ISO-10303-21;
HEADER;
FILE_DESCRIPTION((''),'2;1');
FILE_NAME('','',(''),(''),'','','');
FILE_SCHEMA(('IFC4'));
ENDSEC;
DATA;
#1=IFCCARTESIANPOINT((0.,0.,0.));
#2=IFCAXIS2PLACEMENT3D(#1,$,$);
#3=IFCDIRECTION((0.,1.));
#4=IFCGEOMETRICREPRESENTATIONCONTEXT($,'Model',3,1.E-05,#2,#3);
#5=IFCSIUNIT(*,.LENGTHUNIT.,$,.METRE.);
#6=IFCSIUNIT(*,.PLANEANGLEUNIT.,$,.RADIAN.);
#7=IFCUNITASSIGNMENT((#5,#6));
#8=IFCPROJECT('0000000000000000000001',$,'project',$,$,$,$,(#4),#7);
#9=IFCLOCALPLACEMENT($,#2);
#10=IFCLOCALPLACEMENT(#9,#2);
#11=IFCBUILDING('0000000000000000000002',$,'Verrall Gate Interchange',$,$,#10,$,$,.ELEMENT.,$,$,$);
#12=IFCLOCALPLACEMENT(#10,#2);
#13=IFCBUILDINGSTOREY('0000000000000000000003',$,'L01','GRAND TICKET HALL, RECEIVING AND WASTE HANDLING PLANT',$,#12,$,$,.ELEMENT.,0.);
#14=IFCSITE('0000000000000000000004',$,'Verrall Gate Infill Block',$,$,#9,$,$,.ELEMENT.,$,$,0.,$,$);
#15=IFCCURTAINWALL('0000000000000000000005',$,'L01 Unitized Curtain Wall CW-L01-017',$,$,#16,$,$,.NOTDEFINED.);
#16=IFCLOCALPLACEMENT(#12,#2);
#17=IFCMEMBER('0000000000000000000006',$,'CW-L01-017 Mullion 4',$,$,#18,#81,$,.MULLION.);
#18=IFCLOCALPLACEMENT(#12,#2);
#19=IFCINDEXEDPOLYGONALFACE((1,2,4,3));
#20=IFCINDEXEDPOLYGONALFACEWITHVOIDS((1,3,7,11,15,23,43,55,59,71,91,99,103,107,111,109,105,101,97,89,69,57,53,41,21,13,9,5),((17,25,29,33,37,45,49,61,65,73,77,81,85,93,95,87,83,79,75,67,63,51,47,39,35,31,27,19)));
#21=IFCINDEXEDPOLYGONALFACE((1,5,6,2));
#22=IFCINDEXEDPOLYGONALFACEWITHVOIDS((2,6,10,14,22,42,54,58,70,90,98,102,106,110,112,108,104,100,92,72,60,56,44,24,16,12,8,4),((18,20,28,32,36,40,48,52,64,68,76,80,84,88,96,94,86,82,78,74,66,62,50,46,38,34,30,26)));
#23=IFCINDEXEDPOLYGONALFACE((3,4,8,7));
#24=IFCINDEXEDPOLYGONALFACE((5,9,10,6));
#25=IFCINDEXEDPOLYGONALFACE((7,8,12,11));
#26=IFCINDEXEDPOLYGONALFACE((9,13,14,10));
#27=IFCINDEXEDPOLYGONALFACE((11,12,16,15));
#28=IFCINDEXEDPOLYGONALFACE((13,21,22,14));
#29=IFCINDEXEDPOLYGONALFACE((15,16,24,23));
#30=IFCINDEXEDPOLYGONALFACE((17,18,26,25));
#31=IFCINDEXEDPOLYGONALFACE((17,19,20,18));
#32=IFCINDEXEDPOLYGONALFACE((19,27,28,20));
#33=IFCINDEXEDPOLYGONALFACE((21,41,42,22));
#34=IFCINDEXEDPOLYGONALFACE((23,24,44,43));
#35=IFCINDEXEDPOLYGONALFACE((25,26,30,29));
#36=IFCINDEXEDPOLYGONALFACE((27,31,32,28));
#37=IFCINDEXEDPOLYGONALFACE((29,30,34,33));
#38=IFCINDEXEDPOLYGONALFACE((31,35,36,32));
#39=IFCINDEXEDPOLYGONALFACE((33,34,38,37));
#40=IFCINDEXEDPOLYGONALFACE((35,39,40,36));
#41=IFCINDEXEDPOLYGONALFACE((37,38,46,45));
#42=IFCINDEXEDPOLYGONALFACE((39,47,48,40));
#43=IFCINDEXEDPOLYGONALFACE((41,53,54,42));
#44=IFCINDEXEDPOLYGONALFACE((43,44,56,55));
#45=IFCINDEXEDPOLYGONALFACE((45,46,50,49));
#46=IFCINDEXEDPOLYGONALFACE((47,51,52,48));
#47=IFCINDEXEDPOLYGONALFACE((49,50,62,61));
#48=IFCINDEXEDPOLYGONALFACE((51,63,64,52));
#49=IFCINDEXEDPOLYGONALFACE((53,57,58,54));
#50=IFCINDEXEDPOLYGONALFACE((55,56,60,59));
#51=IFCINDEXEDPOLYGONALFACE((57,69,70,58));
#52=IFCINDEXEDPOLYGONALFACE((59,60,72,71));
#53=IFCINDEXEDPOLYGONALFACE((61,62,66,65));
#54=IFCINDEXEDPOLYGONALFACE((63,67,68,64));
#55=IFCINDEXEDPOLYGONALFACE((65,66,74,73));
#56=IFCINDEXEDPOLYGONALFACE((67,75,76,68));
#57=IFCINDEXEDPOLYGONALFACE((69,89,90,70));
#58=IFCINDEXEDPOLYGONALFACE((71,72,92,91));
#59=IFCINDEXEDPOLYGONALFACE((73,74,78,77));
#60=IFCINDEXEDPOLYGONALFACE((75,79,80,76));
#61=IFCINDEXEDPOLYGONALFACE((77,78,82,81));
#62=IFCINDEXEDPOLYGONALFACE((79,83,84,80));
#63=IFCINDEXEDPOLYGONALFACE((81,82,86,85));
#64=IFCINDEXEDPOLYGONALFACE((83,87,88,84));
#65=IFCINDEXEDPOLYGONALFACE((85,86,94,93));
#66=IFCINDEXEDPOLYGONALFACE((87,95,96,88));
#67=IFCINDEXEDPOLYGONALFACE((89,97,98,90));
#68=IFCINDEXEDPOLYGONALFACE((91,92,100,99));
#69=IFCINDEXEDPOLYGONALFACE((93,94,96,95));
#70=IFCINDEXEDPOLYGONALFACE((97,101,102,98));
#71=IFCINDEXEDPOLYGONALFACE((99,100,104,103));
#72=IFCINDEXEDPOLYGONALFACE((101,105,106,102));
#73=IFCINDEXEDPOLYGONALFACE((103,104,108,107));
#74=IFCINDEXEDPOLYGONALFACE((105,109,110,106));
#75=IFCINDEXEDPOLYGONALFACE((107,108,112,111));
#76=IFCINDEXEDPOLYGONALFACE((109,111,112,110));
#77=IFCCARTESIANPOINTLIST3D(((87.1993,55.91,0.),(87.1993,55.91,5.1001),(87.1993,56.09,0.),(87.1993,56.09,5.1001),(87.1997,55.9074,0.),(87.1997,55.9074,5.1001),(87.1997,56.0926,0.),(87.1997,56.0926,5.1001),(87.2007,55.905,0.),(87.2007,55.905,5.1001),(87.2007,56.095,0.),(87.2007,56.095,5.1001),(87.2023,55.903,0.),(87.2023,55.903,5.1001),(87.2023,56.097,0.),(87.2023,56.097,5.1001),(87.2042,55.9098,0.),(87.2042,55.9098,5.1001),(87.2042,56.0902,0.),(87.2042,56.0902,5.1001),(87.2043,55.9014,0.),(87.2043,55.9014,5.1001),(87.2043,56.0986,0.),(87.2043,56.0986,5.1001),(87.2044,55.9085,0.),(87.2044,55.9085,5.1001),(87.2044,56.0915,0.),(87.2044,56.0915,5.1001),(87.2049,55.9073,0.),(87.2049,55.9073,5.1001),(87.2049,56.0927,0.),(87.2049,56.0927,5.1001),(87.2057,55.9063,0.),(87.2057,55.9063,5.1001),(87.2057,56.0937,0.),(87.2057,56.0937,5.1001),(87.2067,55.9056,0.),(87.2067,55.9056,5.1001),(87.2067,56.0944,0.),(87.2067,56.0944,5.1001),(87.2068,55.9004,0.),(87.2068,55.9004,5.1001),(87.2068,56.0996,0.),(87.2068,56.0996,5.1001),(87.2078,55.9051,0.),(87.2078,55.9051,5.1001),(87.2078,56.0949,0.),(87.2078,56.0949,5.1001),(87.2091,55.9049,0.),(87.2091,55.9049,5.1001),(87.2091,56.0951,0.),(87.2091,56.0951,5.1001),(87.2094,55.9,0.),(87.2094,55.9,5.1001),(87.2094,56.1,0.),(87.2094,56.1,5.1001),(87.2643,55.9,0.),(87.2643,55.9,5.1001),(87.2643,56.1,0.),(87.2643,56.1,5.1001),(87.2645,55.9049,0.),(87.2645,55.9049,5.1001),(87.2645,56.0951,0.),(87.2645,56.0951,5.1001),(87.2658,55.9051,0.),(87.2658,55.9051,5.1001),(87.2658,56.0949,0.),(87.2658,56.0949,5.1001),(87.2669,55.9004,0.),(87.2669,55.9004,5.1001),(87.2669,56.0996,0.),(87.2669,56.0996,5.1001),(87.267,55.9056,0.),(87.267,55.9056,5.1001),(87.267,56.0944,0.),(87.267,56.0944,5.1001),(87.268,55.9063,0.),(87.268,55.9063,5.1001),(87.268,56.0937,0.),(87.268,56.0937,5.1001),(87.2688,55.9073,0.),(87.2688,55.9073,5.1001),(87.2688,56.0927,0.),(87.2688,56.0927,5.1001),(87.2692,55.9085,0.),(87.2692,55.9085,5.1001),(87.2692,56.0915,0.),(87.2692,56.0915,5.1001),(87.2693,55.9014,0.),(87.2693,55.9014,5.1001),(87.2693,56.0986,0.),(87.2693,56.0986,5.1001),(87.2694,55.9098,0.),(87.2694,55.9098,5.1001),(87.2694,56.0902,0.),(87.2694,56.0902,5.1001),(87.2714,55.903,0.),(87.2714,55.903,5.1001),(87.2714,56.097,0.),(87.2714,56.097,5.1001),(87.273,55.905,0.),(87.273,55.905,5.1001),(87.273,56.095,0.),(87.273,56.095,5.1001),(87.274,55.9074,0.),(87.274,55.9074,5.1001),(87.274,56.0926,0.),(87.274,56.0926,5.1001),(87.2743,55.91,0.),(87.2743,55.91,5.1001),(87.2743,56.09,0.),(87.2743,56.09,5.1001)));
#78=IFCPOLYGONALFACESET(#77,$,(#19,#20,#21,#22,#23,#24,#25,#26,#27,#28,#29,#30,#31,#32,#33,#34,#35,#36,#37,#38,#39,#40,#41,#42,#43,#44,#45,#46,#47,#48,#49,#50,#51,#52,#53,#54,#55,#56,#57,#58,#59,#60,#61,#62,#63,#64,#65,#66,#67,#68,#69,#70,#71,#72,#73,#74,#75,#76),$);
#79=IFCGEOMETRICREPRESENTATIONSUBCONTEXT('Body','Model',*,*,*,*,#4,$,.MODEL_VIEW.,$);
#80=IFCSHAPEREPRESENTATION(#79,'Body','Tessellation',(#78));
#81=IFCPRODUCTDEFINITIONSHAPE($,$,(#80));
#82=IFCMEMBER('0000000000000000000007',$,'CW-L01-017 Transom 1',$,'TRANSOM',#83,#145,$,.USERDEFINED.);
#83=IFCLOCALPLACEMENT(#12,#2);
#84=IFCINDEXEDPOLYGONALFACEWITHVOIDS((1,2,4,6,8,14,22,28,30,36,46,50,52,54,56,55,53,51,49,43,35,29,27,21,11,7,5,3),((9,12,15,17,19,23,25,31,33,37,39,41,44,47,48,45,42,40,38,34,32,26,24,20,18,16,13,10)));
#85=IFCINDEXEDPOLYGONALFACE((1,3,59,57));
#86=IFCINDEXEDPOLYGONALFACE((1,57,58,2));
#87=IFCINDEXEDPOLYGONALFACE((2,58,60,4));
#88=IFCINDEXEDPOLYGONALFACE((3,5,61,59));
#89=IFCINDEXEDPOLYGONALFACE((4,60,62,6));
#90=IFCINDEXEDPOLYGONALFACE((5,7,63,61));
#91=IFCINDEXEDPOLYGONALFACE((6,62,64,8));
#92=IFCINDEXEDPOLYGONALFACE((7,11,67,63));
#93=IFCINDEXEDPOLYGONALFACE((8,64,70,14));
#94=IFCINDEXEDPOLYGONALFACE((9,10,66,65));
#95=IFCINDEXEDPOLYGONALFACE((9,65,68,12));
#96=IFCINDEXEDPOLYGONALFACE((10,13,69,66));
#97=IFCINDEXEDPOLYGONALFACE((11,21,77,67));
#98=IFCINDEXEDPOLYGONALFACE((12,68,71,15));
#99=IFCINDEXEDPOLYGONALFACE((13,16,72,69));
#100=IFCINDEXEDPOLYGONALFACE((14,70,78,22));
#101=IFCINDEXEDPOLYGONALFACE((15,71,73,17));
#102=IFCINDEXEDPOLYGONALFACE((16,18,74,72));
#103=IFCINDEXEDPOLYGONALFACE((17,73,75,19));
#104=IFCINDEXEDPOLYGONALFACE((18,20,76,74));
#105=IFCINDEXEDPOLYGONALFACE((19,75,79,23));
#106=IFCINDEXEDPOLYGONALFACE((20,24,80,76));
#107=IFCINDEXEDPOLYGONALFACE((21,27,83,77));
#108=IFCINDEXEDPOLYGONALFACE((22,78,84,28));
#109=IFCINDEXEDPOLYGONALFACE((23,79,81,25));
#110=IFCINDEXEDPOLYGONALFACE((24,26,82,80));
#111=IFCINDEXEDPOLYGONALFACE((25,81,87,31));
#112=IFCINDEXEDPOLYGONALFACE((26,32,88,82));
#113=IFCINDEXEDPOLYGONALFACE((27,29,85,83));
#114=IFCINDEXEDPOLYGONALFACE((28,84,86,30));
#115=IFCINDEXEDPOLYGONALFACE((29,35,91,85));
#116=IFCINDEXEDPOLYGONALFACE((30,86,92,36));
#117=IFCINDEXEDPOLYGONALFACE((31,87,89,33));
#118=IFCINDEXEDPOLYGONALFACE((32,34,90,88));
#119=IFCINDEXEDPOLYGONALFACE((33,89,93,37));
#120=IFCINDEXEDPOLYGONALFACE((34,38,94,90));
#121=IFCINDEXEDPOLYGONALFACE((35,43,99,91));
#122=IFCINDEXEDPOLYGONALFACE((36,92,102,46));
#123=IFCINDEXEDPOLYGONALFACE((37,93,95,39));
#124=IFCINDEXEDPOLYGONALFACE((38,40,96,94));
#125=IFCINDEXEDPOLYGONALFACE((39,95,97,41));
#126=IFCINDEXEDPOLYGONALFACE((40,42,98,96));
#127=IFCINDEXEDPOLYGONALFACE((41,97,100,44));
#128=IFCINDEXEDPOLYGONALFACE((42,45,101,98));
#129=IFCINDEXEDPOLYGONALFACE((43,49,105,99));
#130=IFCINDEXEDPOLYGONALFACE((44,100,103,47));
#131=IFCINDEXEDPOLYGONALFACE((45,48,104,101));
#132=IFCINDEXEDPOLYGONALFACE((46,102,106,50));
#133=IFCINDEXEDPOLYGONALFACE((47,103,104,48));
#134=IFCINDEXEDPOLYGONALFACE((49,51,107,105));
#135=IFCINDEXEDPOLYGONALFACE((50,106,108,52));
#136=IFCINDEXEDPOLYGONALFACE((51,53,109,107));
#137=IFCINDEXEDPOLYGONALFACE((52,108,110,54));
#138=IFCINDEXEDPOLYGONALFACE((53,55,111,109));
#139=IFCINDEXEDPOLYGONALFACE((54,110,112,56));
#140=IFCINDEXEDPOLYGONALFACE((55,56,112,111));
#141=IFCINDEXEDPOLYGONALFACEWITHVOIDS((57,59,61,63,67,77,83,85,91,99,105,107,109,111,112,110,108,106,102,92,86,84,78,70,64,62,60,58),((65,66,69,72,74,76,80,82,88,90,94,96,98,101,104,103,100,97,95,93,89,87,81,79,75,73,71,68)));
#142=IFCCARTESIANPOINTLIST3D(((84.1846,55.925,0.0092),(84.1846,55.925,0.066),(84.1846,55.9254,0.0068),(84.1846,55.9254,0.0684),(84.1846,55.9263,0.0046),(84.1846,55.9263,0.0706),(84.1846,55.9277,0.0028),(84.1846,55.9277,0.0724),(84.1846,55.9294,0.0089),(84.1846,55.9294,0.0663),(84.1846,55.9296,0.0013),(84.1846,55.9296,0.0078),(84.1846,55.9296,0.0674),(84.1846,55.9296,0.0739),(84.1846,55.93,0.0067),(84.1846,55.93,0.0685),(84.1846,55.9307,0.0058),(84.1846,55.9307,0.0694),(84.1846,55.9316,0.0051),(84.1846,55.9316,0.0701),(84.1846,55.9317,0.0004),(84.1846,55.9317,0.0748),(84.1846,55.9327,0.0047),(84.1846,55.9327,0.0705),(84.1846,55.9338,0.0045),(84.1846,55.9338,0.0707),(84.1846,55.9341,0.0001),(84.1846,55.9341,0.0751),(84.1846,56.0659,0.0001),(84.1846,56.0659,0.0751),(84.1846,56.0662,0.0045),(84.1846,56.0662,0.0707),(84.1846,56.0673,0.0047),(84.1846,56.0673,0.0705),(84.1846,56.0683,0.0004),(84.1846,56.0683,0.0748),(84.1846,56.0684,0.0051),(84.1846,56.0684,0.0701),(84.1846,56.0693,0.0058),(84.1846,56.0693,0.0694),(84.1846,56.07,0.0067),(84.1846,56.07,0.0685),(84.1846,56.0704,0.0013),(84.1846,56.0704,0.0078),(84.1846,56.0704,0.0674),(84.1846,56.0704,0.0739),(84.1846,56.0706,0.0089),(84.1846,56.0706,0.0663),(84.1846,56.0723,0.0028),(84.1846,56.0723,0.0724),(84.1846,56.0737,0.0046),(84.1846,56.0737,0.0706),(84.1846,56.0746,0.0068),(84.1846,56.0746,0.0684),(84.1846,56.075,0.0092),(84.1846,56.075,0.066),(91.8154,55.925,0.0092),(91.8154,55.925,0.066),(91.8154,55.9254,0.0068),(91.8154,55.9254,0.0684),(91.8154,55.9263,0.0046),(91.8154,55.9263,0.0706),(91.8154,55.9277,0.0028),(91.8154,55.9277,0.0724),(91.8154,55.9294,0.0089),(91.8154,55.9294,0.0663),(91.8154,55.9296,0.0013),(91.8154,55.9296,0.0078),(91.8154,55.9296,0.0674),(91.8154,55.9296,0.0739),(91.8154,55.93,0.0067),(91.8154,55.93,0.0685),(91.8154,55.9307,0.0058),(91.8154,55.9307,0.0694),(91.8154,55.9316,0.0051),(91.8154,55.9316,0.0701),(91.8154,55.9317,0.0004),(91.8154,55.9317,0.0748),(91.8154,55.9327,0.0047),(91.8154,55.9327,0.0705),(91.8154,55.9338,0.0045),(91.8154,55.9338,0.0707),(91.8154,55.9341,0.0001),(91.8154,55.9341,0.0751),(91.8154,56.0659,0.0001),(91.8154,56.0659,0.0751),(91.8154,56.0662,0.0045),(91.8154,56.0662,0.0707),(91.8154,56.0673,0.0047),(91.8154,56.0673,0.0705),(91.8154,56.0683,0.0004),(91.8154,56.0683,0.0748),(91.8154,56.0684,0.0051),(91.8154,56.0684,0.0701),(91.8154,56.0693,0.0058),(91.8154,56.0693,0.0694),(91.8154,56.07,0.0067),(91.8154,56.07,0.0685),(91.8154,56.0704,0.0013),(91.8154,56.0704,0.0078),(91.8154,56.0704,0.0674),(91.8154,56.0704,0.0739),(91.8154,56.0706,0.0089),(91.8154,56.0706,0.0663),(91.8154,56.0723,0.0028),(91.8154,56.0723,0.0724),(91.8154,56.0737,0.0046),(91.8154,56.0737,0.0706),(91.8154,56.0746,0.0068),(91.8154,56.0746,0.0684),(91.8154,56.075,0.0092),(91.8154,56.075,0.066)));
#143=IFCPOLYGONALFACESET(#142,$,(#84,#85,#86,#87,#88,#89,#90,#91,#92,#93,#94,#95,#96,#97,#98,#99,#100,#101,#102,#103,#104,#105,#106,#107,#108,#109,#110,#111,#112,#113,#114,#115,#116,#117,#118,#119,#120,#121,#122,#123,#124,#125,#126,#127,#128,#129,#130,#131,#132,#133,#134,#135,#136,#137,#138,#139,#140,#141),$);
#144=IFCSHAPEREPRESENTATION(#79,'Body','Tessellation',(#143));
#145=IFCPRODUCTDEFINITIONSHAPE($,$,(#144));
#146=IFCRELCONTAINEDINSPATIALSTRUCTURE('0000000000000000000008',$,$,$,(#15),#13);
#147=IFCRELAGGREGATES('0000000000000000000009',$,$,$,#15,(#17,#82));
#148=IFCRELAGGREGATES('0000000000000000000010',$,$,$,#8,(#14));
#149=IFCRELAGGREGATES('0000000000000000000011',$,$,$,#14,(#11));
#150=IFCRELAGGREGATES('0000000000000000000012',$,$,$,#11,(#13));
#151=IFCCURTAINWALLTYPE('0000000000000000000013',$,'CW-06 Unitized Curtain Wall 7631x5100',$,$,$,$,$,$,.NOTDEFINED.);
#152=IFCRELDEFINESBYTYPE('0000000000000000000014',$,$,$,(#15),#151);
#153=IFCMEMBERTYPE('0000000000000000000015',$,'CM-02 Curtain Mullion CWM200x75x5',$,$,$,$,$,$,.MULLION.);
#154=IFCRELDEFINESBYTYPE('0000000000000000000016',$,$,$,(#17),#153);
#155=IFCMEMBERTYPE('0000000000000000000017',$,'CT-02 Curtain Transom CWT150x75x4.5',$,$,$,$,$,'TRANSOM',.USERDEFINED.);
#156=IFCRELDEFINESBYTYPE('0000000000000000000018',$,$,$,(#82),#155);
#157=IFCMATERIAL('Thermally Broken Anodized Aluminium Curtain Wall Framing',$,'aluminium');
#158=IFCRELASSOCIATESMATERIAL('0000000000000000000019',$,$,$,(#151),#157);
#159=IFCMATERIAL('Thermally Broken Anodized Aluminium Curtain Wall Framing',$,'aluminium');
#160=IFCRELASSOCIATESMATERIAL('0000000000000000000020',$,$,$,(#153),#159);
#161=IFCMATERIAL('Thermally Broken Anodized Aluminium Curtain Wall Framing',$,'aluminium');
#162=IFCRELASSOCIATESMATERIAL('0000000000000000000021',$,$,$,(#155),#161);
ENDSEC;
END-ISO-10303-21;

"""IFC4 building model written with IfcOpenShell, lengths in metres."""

from ifc_helpers import new_model, si_unit, direction, frame, origin, origin_2d, place, context, subcontext, project, spatial, hollow_rectangle, extrude, material, material_profile, profile_set, type_object, element, aggregate, save


model = new_model("IFC4")

# Units and contexts
model_context = context("Model", 3, precision=1e-05, world=origin(), true_north=direction((0.0, 1.0)))
body_context = subcontext(model_context, "Body", "Model", "MODEL_VIEW")
ifc_project = project(units=[si_unit("LENGTHUNIT", "METRE"), si_unit("PLANEANGLEUNIT", "RADIAN")], contexts=[model_context])

# Site, building, storey
site_placement = place(None, origin())
site = spatial("IfcSite", under=ifc_project, at=site_placement, Name="Verrall Gate Infill Block", CompositionType="ELEMENT", RefElevation=0.0)
building_placement = place(site_placement, origin())
building = spatial("IfcBuilding", under=site, at=building_placement, Name="Verrall Gate Interchange", CompositionType="ELEMENT")
storey_placement = place(building_placement, origin())
storey = spatial("IfcBuildingStorey", under=building, at=storey_placement, Name="L01", Description="GRAND TICKET HALL, RECEIVING AND WASTE HANDLING PLANT", CompositionType="ELEMENT", Elevation=0.0)

# Curtain wall, members
ifc_material_1 = material(Name="Thermally Broken Anodized Aluminium Curtain Wall Framing", Category="aluminium")
curtain_wall_type = type_object("IfcCurtainWallType", Name="CW-06 Unitized Curtain Wall 7631x5100", PredefinedType="NOTDEFINED", material=ifc_material_1)
curtain_wall_placement = place(storey_placement, origin())
curtain_wall = element("IfcCurtainWall", 1, at=curtain_wall_placement, inside=storey, type_object=curtain_wall_type, Name="L01 Unitized Curtain Wall CW-L01-017", PredefinedType="NOTDEFINED")
ifc_material_2 = material(Name="Thermally Broken Anodized Aluminium Curtain Wall Framing", Category="aluminium")
ifc_material_profile_1 = material_profile(ifc_material_2, hollow_rectangle(XDim=0.075, YDim=0.2, WallThickness=0.0049, InnerFilletRadius=0.0049, OuterFilletRadius=0.01, at=origin_2d()), Name="CWM200x75x5")
ifc_profile_set_1 = profile_set([ifc_material_profile_1], Name="Thermally Broken Anodized Aluminium Curtain Wall Framing")
member_type_1 = type_object("IfcMemberType", Name="CM-02 Curtain Mullion CWM200x75x5", PredefinedType="MULLION", material=ifc_profile_set_1)
member_1_placement = place(storey_placement, frame((87.2368, 56.0, 0.0), z_axis=(0.0, 0.0, 1.0), x_axis=(-1.0, 0.0, 0.0)))
member_1 = element("IfcMember", 2, at=member_1_placement, type_object=member_type_1, Name="CW-L01-017 Mullion 4", PredefinedType="MULLION", context=body_context, shape_type="SweptSolid", body=[
    extrude(hollow_rectangle(XDim=0.075, YDim=0.2, WallThickness=0.0049, InnerFilletRadius=0.0049, OuterFilletRadius=0.01, at=origin_2d()), origin(), (0.0, 0.0, 1.0), 5.1001),
])
ifc_material_3 = material(Name="Thermally Broken Anodized Aluminium Curtain Wall Framing", Category="aluminium")
ifc_material_profile_2 = material_profile(ifc_material_3, hollow_rectangle(XDim=0.1499, YDim=0.075, WallThickness=0.0044, InnerFilletRadius=0.0044, OuterFilletRadius=0.009, at=origin_2d()), Name="CWT150x75x4.5")
ifc_profile_set_2 = profile_set([ifc_material_profile_2], Name="Thermally Broken Anodized Aluminium Curtain Wall Framing")
member_type_2 = type_object("IfcMemberType", Name="CT-02 Curtain Transom CWT150x75x4.5", ElementType="TRANSOM", PredefinedType="USERDEFINED", material=ifc_profile_set_2)
member_2_placement = place(storey_placement, frame((91.8154, 56.0, 0.0376), z_axis=(-1.0, 0.0, 0.0), x_axis=(0.0, -1.0, 0.0)))
member_2 = element("IfcMember", 3, at=member_2_placement, type_object=member_type_2, Name="CW-L01-017 Transom 1", ObjectType="TRANSOM", PredefinedType="USERDEFINED", context=body_context, shape_type="SweptSolid", body=[
    extrude(hollow_rectangle(XDim=0.1499, YDim=0.075, WallThickness=0.0044, InnerFilletRadius=0.0044, OuterFilletRadius=0.009, at=origin_2d()), origin(), (0.0, 0.0, 1.0), 7.6309),
])

aggregate(curtain_wall, [member_1, member_2])

save(model, "model.ifc")
